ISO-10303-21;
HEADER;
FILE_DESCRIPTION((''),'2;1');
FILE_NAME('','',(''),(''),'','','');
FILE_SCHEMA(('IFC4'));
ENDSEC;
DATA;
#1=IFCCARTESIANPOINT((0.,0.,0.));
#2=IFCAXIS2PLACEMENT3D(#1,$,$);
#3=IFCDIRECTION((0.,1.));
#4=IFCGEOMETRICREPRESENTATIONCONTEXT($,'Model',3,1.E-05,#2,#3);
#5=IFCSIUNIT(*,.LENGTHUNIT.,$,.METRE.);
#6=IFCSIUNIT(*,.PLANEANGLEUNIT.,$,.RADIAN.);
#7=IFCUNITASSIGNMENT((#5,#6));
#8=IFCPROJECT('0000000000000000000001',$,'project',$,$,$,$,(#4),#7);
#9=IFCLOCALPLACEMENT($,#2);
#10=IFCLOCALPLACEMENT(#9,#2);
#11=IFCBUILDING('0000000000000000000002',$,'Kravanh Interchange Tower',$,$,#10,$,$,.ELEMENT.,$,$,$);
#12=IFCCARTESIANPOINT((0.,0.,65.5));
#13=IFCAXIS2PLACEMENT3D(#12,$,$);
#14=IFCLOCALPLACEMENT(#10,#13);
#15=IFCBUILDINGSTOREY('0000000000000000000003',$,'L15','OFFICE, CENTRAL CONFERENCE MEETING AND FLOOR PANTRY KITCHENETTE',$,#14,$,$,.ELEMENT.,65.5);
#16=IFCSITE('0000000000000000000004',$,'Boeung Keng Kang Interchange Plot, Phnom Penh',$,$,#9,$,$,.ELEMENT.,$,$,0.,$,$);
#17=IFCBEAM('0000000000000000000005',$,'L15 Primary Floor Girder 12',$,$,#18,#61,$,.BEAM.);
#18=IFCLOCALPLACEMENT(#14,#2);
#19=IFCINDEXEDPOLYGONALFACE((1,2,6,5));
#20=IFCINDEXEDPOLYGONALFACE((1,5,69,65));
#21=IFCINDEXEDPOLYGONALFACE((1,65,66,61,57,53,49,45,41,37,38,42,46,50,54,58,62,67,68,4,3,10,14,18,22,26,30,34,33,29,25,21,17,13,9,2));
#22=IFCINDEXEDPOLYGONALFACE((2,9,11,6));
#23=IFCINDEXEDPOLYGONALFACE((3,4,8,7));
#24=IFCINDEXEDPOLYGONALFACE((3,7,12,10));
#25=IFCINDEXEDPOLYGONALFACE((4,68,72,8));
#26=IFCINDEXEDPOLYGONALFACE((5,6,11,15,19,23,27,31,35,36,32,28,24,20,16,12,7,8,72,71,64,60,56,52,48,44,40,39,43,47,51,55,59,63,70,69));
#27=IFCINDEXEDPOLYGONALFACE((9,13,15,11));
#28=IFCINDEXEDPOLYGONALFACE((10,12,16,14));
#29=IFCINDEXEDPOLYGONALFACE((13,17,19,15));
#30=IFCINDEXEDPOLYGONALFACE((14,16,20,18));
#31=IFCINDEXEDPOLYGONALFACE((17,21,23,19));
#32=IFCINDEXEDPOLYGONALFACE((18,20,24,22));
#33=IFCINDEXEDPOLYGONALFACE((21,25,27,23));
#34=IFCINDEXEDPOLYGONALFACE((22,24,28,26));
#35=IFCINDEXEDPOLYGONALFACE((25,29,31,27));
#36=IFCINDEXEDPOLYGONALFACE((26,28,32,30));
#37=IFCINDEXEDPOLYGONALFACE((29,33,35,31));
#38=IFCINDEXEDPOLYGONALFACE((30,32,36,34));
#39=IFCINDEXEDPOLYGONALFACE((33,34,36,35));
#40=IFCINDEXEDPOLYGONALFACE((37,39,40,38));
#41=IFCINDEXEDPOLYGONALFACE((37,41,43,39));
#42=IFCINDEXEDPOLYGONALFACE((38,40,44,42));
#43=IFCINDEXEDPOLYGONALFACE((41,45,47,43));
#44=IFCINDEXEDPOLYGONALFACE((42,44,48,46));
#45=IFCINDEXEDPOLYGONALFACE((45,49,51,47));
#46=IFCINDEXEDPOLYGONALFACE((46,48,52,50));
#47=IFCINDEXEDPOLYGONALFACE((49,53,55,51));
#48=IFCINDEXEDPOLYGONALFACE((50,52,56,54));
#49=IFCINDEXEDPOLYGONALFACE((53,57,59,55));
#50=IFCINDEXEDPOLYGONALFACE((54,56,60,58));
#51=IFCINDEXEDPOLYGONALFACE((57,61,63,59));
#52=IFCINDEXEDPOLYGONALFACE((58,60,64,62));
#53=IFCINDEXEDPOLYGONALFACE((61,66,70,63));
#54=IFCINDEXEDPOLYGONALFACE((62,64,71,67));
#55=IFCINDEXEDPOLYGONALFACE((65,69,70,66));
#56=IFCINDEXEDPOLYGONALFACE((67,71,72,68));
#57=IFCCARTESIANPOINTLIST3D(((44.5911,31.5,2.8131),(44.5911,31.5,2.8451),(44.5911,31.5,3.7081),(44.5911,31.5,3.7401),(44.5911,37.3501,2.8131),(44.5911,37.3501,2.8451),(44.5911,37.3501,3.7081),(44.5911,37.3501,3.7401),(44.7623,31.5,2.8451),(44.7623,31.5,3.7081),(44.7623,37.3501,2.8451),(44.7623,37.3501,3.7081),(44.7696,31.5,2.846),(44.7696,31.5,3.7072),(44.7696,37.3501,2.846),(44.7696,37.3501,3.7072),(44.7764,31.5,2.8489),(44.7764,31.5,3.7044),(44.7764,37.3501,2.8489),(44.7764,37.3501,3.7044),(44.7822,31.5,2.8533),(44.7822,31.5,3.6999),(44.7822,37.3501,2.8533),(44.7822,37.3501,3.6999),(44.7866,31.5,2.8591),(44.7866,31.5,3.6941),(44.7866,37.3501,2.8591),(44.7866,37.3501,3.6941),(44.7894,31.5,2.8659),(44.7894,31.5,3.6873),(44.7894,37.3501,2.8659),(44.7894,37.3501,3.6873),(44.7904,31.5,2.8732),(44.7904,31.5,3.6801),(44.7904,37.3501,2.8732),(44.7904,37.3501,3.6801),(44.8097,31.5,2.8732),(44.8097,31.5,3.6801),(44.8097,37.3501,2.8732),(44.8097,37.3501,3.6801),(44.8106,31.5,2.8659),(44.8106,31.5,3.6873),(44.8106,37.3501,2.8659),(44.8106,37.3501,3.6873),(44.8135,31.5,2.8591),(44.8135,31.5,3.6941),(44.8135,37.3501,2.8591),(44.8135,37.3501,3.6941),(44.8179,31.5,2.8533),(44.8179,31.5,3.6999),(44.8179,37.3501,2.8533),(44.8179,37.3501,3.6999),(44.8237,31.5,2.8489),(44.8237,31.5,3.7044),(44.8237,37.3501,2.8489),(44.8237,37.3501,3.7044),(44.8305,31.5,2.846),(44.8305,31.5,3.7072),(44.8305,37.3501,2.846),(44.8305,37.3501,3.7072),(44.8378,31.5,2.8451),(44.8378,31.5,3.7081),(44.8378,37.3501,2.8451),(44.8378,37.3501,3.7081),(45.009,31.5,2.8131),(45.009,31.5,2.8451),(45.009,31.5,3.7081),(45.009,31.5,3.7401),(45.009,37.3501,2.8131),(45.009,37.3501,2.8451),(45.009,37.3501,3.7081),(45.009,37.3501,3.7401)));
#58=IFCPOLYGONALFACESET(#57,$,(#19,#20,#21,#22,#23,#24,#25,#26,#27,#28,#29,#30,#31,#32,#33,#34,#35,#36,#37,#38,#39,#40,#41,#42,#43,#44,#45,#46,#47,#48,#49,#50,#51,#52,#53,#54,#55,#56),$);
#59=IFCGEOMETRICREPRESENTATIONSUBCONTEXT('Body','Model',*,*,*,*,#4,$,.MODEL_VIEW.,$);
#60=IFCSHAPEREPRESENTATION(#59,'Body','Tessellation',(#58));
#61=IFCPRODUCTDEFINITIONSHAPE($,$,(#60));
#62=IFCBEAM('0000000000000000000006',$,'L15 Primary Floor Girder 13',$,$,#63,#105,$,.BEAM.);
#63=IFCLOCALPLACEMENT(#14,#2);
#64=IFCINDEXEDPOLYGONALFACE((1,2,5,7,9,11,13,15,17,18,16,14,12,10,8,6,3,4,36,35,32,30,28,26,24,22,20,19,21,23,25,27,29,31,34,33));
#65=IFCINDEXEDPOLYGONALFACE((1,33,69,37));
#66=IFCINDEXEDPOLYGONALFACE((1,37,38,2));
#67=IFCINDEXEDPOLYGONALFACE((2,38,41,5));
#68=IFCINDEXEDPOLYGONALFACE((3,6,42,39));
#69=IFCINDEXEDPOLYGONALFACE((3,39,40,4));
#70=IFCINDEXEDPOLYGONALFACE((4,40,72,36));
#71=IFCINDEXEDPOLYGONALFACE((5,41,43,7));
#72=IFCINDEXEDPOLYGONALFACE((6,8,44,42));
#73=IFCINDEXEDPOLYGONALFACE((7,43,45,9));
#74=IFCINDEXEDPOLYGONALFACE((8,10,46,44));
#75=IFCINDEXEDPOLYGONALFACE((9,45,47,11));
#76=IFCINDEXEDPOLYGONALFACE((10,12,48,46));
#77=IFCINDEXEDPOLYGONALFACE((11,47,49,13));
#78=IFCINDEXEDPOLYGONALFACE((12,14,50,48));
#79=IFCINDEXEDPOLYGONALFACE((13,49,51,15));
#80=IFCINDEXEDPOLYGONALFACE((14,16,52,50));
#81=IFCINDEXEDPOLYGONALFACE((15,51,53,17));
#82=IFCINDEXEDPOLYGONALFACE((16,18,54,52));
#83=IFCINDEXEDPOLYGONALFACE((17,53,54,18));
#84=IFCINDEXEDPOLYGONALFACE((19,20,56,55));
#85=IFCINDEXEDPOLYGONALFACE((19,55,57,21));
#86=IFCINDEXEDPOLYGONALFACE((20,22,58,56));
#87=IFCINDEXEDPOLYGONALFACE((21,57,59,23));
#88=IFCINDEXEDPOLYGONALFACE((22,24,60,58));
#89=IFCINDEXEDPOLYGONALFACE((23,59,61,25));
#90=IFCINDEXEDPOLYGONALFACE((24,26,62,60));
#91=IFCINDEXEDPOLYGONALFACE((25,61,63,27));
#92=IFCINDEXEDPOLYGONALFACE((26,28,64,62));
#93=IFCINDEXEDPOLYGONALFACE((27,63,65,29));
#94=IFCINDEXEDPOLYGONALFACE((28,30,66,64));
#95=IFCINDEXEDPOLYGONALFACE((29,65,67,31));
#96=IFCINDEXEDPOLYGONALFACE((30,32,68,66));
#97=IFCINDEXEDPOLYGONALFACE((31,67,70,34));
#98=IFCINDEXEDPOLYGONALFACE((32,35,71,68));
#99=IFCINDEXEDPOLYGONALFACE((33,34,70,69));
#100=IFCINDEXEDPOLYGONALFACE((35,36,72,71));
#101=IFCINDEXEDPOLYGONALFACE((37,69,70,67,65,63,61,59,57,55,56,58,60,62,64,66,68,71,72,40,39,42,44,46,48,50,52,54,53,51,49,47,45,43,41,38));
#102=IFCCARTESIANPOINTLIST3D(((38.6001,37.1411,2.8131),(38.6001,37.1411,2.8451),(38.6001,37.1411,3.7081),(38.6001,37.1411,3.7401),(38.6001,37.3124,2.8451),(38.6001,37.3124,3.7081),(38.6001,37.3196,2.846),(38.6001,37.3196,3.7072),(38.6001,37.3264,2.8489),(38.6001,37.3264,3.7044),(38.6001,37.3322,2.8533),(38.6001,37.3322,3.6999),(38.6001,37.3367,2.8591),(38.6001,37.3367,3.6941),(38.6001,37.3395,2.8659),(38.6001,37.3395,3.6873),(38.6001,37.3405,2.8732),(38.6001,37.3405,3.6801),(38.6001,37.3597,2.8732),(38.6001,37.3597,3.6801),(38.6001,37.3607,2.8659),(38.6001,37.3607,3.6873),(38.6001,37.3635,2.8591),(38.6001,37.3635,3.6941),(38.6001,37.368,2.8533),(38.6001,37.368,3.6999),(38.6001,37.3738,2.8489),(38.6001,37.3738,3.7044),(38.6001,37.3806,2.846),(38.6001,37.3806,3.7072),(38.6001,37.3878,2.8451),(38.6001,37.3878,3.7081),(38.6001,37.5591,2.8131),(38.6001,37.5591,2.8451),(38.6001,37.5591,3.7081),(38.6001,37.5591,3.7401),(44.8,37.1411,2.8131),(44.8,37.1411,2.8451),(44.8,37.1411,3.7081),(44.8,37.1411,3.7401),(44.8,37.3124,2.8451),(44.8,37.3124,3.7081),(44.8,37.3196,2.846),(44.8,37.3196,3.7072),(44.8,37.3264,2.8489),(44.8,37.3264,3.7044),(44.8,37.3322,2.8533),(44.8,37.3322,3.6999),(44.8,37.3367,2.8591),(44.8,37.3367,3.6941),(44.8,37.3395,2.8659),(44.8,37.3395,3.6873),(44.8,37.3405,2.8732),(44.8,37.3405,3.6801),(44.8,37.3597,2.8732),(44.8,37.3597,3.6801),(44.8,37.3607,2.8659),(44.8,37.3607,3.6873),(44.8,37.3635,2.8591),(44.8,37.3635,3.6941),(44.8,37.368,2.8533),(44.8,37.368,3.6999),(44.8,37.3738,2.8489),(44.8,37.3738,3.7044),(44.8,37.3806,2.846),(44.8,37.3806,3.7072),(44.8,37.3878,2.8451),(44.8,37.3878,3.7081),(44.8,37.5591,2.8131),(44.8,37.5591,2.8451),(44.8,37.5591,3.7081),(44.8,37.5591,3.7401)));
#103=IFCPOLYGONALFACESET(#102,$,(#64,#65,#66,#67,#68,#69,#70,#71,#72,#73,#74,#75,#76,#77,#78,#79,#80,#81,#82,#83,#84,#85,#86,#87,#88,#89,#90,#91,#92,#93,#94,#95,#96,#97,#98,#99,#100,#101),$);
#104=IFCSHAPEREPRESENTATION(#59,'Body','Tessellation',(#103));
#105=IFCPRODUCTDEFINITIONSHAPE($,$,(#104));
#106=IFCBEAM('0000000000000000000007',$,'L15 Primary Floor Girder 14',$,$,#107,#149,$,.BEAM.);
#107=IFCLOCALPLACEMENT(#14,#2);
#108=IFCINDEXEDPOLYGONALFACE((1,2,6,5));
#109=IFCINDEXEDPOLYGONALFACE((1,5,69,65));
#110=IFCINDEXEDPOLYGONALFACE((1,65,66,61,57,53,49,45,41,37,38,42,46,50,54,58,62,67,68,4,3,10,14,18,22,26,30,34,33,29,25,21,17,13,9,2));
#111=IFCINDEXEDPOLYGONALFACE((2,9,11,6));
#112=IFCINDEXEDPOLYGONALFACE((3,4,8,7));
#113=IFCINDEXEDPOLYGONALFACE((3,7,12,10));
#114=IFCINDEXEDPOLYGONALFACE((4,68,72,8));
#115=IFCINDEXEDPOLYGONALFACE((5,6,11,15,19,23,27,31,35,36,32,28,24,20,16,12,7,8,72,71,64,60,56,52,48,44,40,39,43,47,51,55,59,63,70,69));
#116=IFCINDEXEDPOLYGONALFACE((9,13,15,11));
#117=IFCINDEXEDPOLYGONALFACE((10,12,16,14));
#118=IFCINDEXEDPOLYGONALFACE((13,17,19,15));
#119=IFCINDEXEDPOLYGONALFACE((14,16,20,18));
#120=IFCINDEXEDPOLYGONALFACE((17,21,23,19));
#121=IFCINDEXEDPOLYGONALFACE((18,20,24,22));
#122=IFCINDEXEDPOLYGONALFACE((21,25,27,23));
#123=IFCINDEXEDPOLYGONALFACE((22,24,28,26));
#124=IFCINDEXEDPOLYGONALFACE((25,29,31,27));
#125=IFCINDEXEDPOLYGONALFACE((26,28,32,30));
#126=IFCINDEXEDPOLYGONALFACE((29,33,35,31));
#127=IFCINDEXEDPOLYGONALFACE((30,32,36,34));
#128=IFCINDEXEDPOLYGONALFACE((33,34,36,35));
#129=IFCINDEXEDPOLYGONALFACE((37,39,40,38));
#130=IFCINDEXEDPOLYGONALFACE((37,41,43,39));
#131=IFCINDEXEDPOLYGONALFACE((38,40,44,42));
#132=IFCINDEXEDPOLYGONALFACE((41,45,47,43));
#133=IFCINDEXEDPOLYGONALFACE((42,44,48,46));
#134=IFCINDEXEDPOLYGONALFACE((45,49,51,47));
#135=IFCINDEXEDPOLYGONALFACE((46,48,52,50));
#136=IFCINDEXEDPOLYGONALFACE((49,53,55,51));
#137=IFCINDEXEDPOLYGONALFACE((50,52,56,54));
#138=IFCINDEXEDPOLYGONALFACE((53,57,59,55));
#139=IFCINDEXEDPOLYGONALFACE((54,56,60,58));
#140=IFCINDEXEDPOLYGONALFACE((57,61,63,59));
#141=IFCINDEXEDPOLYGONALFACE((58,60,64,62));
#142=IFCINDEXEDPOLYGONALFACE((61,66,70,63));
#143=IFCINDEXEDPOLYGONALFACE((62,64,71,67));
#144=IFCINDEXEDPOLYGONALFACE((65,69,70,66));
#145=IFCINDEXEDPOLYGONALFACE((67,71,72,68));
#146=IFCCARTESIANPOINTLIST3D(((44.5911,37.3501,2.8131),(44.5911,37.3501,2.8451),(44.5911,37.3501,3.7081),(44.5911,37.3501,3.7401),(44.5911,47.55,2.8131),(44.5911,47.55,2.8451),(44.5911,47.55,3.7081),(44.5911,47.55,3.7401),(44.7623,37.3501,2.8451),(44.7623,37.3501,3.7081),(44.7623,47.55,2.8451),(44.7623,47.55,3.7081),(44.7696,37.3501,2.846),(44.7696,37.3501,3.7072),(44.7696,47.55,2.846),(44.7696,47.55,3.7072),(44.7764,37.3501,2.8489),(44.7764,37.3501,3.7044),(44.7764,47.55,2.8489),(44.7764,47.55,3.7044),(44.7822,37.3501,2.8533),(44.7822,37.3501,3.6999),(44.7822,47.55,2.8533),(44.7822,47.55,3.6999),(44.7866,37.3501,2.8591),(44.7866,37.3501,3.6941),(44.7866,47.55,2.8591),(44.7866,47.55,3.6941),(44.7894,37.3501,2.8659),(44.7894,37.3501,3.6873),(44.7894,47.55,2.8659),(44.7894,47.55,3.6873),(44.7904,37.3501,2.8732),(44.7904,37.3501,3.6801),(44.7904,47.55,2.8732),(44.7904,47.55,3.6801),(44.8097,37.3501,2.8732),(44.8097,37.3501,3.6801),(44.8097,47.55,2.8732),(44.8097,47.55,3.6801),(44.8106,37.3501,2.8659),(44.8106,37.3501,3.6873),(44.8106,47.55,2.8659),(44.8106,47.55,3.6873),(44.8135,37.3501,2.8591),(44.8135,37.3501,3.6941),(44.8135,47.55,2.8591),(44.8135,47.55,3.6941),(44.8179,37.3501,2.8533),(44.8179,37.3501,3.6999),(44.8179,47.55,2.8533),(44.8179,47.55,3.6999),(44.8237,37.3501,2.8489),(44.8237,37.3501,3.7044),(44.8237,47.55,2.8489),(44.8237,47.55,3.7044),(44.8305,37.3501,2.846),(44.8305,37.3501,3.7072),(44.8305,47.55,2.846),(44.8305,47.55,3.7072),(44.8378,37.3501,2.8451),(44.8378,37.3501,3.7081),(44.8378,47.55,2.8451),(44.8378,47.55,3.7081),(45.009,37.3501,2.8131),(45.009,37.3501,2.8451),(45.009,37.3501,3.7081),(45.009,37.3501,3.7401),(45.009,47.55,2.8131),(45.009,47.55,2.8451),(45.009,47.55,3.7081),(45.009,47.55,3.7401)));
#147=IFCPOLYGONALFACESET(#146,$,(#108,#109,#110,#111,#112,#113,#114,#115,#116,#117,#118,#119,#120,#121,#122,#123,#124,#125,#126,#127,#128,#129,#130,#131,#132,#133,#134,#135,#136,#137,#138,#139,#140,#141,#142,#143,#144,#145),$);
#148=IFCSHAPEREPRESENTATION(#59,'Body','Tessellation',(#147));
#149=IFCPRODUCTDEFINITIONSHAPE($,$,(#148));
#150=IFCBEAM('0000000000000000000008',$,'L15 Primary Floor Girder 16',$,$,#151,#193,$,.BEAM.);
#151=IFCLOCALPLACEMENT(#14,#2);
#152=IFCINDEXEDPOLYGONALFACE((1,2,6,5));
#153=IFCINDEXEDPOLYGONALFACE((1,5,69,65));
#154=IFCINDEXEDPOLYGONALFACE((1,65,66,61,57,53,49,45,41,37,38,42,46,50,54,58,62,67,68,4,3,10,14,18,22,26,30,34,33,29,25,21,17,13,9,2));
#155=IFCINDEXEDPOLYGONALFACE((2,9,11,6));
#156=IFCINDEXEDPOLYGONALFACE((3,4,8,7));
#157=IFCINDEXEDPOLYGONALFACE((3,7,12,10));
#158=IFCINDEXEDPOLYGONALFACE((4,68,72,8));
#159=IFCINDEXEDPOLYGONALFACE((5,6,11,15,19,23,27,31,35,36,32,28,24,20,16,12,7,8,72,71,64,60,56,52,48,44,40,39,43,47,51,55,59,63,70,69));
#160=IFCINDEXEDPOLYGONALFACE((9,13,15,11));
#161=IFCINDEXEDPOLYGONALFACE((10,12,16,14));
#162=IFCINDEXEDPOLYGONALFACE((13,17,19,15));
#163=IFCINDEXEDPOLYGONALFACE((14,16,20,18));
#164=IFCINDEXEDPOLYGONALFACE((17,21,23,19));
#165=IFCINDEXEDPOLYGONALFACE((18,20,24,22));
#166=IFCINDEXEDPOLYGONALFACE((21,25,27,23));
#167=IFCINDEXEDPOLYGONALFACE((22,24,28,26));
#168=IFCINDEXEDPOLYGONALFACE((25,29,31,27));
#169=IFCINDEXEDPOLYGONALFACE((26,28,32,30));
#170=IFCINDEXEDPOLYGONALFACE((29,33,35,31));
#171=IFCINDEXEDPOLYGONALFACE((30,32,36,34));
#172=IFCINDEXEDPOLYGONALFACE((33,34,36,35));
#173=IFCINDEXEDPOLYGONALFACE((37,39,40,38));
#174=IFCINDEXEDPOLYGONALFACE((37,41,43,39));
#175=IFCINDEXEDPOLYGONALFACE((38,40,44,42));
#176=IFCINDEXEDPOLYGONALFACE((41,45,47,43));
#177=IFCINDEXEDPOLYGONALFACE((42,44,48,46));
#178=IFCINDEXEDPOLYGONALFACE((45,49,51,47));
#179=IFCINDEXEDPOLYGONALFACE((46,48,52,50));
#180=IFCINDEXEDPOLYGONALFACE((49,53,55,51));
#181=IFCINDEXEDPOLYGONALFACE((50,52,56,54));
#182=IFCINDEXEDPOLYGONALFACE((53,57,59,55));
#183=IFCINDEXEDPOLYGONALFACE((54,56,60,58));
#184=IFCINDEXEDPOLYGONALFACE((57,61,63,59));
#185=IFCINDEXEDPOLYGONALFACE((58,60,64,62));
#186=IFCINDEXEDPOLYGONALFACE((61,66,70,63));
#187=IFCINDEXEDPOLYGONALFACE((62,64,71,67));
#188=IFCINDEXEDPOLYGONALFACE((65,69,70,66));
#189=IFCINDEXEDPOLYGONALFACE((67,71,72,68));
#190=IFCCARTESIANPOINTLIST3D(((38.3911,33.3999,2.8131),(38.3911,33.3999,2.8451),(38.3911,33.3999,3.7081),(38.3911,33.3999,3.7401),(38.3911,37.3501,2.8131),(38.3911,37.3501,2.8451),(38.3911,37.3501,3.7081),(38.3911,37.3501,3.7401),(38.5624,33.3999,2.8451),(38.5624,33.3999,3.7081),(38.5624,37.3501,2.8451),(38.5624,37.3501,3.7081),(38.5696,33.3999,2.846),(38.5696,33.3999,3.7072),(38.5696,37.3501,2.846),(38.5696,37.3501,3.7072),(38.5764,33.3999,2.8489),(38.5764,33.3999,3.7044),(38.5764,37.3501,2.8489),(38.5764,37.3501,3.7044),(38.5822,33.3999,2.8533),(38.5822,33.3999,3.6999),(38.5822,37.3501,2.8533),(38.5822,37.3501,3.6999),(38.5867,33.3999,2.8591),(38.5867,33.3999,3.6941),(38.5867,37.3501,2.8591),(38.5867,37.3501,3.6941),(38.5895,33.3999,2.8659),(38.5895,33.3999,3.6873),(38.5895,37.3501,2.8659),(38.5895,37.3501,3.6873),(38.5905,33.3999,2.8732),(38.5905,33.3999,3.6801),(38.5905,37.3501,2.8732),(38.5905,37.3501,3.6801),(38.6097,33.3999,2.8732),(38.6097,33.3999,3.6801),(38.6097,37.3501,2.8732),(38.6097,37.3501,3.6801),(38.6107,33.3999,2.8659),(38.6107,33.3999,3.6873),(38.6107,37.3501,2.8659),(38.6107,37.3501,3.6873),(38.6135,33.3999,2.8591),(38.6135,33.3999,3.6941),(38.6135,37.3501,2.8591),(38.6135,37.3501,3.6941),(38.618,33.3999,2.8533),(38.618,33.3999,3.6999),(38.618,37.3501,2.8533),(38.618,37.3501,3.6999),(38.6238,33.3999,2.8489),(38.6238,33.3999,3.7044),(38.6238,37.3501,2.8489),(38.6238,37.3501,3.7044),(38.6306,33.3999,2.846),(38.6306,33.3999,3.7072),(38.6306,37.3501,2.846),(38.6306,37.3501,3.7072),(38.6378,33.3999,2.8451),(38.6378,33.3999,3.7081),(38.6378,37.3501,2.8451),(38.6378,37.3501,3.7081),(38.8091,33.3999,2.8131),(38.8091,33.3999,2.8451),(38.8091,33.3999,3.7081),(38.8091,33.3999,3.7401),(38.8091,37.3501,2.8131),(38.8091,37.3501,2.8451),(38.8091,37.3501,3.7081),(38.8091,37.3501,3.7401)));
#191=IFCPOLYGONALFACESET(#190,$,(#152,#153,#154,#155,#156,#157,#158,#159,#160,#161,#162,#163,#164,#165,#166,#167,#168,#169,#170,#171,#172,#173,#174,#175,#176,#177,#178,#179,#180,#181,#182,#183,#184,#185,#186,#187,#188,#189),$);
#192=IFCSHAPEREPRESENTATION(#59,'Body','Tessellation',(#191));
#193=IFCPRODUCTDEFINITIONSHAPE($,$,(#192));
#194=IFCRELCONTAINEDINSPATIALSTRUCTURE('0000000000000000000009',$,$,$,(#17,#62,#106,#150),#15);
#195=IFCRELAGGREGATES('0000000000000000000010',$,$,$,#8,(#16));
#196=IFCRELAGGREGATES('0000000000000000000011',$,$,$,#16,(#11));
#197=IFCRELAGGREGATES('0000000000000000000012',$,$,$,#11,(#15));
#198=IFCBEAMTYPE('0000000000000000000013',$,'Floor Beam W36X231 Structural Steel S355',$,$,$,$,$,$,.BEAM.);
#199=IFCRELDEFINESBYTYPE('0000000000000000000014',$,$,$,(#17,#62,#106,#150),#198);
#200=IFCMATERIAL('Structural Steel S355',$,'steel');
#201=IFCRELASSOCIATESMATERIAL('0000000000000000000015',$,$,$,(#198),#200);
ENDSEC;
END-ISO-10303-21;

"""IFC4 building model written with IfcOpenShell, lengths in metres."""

from ifc_helpers import new_model, si_unit, direction, frame, origin, origin_2d, place, context, subcontext, project, spatial, i_section, extrude, material, material_profile, profile_set, type_object, element, save


model = new_model("IFC4")

# Units and contexts
model_context = context("Model", 3, precision=1e-05, world=origin(), true_north=direction((0.0, 1.0)))
body_context = subcontext(model_context, "Body", "Model", "MODEL_VIEW")
ifc_project = project(units=[si_unit("LENGTHUNIT", "METRE"), si_unit("PLANEANGLEUNIT", "RADIAN")], contexts=[model_context])

# Site, building, storey
site_placement = place(None, origin())
site = spatial("IfcSite", under=ifc_project, at=site_placement, Name="Boeung Keng Kang Interchange Plot, Phnom Penh", CompositionType="ELEMENT", RefElevation=0.0)
building_placement = place(site_placement, origin())
building = spatial("IfcBuilding", under=site, at=building_placement, Name="Kravanh Interchange Tower", CompositionType="ELEMENT")
storey_placement = place(building_placement, frame((0.0, 0.0, 65.5)))
storey = spatial("IfcBuildingStorey", under=building, at=storey_placement, Name="L15", Description="OFFICE, CENTRAL CONFERENCE MEETING AND FLOOR PANTRY KITCHENETTE", CompositionType="ELEMENT", Elevation=65.5)

# Beams
ifc_material_1 = material(Name="Structural Steel S355", Category="steel")
ifc_material_profile_1 = material_profile(ifc_material_1, i_section(OverallWidth=0.418, OverallDepth=0.927, WebThickness=0.0193, FlangeThickness=0.032, FilletRadius=0.0281, at=origin_2d()), Name="W36X231")
ifc_profile_set_1 = profile_set([ifc_material_profile_1], Name="Structural Steel S355")
beam_type_1 = type_object("IfcBeamType", Name="Floor Beam W36X231 Structural Steel S355", PredefinedType="BEAM", material=ifc_profile_set_1)
beam_1_placement = place(storey_placement, frame((44.8, 37.3501, 3.2766), z_axis=(0.0, -1.0, 0.0), x_axis=(1.0, 0.0, 0.0)))
element("IfcBeam", 1, at=beam_1_placement, inside=storey, type_object=beam_type_1, Name="L15 Primary Floor Girder 12", PredefinedType="BEAM", context=body_context, shape_type="SweptSolid", body=[
    extrude(i_section(OverallWidth=0.418, OverallDepth=0.927, WebThickness=0.0193, FlangeThickness=0.032, FilletRadius=0.0281, at=origin_2d()), origin(), (0.0, 0.0, 1.0), 5.8501),
])
beam_2_placement = place(storey_placement, frame((44.8, 37.3501, 3.2766), z_axis=(-1.0, 0.0, 0.0), x_axis=(0.0, -1.0, 0.0)))
element("IfcBeam", 2, at=beam_2_placement, inside=storey, type_object=beam_type_1, Name="L15 Primary Floor Girder 13", PredefinedType="BEAM", context=body_context, shape_type="SweptSolid", body=[
    extrude(i_section(OverallWidth=0.418, OverallDepth=0.927, WebThickness=0.0193, FlangeThickness=0.032, FilletRadius=0.0281, at=origin_2d()), origin(), (0.0, 0.0, 1.0), 6.2),
])
beam_3_placement = place(storey_placement, frame((44.8, 37.3501, 3.2766), z_axis=(0.0, 1.0, 0.0), x_axis=(-1.0, 0.0, 0.0)))
element("IfcBeam", 3, at=beam_3_placement, inside=storey, type_object=beam_type_1, Name="L15 Primary Floor Girder 14", PredefinedType="BEAM", context=body_context, shape_type="SweptSolid", body=[
    extrude(i_section(OverallWidth=0.418, OverallDepth=0.927, WebThickness=0.0193, FlangeThickness=0.032, FilletRadius=0.0281, at=origin_2d()), origin(), (0.0, 0.0, 1.0), 10.2),
])
beam_4_placement = place(storey_placement, frame((38.6001, 37.3501, 3.2766), z_axis=(0.0, -1.0, 0.0), x_axis=(1.0, 0.0, 0.0)))
element("IfcBeam", 4, at=beam_4_placement, inside=storey, type_object=beam_type_1, Name="L15 Primary Floor Girder 16", PredefinedType="BEAM", context=body_context, shape_type="SweptSolid", body=[
    extrude(i_section(OverallWidth=0.418, OverallDepth=0.927, WebThickness=0.0193, FlangeThickness=0.032, FilletRadius=0.0281, at=origin_2d()), origin(), (0.0, 0.0, 1.0), 3.9502),
])

save(model, "model.ifc")
